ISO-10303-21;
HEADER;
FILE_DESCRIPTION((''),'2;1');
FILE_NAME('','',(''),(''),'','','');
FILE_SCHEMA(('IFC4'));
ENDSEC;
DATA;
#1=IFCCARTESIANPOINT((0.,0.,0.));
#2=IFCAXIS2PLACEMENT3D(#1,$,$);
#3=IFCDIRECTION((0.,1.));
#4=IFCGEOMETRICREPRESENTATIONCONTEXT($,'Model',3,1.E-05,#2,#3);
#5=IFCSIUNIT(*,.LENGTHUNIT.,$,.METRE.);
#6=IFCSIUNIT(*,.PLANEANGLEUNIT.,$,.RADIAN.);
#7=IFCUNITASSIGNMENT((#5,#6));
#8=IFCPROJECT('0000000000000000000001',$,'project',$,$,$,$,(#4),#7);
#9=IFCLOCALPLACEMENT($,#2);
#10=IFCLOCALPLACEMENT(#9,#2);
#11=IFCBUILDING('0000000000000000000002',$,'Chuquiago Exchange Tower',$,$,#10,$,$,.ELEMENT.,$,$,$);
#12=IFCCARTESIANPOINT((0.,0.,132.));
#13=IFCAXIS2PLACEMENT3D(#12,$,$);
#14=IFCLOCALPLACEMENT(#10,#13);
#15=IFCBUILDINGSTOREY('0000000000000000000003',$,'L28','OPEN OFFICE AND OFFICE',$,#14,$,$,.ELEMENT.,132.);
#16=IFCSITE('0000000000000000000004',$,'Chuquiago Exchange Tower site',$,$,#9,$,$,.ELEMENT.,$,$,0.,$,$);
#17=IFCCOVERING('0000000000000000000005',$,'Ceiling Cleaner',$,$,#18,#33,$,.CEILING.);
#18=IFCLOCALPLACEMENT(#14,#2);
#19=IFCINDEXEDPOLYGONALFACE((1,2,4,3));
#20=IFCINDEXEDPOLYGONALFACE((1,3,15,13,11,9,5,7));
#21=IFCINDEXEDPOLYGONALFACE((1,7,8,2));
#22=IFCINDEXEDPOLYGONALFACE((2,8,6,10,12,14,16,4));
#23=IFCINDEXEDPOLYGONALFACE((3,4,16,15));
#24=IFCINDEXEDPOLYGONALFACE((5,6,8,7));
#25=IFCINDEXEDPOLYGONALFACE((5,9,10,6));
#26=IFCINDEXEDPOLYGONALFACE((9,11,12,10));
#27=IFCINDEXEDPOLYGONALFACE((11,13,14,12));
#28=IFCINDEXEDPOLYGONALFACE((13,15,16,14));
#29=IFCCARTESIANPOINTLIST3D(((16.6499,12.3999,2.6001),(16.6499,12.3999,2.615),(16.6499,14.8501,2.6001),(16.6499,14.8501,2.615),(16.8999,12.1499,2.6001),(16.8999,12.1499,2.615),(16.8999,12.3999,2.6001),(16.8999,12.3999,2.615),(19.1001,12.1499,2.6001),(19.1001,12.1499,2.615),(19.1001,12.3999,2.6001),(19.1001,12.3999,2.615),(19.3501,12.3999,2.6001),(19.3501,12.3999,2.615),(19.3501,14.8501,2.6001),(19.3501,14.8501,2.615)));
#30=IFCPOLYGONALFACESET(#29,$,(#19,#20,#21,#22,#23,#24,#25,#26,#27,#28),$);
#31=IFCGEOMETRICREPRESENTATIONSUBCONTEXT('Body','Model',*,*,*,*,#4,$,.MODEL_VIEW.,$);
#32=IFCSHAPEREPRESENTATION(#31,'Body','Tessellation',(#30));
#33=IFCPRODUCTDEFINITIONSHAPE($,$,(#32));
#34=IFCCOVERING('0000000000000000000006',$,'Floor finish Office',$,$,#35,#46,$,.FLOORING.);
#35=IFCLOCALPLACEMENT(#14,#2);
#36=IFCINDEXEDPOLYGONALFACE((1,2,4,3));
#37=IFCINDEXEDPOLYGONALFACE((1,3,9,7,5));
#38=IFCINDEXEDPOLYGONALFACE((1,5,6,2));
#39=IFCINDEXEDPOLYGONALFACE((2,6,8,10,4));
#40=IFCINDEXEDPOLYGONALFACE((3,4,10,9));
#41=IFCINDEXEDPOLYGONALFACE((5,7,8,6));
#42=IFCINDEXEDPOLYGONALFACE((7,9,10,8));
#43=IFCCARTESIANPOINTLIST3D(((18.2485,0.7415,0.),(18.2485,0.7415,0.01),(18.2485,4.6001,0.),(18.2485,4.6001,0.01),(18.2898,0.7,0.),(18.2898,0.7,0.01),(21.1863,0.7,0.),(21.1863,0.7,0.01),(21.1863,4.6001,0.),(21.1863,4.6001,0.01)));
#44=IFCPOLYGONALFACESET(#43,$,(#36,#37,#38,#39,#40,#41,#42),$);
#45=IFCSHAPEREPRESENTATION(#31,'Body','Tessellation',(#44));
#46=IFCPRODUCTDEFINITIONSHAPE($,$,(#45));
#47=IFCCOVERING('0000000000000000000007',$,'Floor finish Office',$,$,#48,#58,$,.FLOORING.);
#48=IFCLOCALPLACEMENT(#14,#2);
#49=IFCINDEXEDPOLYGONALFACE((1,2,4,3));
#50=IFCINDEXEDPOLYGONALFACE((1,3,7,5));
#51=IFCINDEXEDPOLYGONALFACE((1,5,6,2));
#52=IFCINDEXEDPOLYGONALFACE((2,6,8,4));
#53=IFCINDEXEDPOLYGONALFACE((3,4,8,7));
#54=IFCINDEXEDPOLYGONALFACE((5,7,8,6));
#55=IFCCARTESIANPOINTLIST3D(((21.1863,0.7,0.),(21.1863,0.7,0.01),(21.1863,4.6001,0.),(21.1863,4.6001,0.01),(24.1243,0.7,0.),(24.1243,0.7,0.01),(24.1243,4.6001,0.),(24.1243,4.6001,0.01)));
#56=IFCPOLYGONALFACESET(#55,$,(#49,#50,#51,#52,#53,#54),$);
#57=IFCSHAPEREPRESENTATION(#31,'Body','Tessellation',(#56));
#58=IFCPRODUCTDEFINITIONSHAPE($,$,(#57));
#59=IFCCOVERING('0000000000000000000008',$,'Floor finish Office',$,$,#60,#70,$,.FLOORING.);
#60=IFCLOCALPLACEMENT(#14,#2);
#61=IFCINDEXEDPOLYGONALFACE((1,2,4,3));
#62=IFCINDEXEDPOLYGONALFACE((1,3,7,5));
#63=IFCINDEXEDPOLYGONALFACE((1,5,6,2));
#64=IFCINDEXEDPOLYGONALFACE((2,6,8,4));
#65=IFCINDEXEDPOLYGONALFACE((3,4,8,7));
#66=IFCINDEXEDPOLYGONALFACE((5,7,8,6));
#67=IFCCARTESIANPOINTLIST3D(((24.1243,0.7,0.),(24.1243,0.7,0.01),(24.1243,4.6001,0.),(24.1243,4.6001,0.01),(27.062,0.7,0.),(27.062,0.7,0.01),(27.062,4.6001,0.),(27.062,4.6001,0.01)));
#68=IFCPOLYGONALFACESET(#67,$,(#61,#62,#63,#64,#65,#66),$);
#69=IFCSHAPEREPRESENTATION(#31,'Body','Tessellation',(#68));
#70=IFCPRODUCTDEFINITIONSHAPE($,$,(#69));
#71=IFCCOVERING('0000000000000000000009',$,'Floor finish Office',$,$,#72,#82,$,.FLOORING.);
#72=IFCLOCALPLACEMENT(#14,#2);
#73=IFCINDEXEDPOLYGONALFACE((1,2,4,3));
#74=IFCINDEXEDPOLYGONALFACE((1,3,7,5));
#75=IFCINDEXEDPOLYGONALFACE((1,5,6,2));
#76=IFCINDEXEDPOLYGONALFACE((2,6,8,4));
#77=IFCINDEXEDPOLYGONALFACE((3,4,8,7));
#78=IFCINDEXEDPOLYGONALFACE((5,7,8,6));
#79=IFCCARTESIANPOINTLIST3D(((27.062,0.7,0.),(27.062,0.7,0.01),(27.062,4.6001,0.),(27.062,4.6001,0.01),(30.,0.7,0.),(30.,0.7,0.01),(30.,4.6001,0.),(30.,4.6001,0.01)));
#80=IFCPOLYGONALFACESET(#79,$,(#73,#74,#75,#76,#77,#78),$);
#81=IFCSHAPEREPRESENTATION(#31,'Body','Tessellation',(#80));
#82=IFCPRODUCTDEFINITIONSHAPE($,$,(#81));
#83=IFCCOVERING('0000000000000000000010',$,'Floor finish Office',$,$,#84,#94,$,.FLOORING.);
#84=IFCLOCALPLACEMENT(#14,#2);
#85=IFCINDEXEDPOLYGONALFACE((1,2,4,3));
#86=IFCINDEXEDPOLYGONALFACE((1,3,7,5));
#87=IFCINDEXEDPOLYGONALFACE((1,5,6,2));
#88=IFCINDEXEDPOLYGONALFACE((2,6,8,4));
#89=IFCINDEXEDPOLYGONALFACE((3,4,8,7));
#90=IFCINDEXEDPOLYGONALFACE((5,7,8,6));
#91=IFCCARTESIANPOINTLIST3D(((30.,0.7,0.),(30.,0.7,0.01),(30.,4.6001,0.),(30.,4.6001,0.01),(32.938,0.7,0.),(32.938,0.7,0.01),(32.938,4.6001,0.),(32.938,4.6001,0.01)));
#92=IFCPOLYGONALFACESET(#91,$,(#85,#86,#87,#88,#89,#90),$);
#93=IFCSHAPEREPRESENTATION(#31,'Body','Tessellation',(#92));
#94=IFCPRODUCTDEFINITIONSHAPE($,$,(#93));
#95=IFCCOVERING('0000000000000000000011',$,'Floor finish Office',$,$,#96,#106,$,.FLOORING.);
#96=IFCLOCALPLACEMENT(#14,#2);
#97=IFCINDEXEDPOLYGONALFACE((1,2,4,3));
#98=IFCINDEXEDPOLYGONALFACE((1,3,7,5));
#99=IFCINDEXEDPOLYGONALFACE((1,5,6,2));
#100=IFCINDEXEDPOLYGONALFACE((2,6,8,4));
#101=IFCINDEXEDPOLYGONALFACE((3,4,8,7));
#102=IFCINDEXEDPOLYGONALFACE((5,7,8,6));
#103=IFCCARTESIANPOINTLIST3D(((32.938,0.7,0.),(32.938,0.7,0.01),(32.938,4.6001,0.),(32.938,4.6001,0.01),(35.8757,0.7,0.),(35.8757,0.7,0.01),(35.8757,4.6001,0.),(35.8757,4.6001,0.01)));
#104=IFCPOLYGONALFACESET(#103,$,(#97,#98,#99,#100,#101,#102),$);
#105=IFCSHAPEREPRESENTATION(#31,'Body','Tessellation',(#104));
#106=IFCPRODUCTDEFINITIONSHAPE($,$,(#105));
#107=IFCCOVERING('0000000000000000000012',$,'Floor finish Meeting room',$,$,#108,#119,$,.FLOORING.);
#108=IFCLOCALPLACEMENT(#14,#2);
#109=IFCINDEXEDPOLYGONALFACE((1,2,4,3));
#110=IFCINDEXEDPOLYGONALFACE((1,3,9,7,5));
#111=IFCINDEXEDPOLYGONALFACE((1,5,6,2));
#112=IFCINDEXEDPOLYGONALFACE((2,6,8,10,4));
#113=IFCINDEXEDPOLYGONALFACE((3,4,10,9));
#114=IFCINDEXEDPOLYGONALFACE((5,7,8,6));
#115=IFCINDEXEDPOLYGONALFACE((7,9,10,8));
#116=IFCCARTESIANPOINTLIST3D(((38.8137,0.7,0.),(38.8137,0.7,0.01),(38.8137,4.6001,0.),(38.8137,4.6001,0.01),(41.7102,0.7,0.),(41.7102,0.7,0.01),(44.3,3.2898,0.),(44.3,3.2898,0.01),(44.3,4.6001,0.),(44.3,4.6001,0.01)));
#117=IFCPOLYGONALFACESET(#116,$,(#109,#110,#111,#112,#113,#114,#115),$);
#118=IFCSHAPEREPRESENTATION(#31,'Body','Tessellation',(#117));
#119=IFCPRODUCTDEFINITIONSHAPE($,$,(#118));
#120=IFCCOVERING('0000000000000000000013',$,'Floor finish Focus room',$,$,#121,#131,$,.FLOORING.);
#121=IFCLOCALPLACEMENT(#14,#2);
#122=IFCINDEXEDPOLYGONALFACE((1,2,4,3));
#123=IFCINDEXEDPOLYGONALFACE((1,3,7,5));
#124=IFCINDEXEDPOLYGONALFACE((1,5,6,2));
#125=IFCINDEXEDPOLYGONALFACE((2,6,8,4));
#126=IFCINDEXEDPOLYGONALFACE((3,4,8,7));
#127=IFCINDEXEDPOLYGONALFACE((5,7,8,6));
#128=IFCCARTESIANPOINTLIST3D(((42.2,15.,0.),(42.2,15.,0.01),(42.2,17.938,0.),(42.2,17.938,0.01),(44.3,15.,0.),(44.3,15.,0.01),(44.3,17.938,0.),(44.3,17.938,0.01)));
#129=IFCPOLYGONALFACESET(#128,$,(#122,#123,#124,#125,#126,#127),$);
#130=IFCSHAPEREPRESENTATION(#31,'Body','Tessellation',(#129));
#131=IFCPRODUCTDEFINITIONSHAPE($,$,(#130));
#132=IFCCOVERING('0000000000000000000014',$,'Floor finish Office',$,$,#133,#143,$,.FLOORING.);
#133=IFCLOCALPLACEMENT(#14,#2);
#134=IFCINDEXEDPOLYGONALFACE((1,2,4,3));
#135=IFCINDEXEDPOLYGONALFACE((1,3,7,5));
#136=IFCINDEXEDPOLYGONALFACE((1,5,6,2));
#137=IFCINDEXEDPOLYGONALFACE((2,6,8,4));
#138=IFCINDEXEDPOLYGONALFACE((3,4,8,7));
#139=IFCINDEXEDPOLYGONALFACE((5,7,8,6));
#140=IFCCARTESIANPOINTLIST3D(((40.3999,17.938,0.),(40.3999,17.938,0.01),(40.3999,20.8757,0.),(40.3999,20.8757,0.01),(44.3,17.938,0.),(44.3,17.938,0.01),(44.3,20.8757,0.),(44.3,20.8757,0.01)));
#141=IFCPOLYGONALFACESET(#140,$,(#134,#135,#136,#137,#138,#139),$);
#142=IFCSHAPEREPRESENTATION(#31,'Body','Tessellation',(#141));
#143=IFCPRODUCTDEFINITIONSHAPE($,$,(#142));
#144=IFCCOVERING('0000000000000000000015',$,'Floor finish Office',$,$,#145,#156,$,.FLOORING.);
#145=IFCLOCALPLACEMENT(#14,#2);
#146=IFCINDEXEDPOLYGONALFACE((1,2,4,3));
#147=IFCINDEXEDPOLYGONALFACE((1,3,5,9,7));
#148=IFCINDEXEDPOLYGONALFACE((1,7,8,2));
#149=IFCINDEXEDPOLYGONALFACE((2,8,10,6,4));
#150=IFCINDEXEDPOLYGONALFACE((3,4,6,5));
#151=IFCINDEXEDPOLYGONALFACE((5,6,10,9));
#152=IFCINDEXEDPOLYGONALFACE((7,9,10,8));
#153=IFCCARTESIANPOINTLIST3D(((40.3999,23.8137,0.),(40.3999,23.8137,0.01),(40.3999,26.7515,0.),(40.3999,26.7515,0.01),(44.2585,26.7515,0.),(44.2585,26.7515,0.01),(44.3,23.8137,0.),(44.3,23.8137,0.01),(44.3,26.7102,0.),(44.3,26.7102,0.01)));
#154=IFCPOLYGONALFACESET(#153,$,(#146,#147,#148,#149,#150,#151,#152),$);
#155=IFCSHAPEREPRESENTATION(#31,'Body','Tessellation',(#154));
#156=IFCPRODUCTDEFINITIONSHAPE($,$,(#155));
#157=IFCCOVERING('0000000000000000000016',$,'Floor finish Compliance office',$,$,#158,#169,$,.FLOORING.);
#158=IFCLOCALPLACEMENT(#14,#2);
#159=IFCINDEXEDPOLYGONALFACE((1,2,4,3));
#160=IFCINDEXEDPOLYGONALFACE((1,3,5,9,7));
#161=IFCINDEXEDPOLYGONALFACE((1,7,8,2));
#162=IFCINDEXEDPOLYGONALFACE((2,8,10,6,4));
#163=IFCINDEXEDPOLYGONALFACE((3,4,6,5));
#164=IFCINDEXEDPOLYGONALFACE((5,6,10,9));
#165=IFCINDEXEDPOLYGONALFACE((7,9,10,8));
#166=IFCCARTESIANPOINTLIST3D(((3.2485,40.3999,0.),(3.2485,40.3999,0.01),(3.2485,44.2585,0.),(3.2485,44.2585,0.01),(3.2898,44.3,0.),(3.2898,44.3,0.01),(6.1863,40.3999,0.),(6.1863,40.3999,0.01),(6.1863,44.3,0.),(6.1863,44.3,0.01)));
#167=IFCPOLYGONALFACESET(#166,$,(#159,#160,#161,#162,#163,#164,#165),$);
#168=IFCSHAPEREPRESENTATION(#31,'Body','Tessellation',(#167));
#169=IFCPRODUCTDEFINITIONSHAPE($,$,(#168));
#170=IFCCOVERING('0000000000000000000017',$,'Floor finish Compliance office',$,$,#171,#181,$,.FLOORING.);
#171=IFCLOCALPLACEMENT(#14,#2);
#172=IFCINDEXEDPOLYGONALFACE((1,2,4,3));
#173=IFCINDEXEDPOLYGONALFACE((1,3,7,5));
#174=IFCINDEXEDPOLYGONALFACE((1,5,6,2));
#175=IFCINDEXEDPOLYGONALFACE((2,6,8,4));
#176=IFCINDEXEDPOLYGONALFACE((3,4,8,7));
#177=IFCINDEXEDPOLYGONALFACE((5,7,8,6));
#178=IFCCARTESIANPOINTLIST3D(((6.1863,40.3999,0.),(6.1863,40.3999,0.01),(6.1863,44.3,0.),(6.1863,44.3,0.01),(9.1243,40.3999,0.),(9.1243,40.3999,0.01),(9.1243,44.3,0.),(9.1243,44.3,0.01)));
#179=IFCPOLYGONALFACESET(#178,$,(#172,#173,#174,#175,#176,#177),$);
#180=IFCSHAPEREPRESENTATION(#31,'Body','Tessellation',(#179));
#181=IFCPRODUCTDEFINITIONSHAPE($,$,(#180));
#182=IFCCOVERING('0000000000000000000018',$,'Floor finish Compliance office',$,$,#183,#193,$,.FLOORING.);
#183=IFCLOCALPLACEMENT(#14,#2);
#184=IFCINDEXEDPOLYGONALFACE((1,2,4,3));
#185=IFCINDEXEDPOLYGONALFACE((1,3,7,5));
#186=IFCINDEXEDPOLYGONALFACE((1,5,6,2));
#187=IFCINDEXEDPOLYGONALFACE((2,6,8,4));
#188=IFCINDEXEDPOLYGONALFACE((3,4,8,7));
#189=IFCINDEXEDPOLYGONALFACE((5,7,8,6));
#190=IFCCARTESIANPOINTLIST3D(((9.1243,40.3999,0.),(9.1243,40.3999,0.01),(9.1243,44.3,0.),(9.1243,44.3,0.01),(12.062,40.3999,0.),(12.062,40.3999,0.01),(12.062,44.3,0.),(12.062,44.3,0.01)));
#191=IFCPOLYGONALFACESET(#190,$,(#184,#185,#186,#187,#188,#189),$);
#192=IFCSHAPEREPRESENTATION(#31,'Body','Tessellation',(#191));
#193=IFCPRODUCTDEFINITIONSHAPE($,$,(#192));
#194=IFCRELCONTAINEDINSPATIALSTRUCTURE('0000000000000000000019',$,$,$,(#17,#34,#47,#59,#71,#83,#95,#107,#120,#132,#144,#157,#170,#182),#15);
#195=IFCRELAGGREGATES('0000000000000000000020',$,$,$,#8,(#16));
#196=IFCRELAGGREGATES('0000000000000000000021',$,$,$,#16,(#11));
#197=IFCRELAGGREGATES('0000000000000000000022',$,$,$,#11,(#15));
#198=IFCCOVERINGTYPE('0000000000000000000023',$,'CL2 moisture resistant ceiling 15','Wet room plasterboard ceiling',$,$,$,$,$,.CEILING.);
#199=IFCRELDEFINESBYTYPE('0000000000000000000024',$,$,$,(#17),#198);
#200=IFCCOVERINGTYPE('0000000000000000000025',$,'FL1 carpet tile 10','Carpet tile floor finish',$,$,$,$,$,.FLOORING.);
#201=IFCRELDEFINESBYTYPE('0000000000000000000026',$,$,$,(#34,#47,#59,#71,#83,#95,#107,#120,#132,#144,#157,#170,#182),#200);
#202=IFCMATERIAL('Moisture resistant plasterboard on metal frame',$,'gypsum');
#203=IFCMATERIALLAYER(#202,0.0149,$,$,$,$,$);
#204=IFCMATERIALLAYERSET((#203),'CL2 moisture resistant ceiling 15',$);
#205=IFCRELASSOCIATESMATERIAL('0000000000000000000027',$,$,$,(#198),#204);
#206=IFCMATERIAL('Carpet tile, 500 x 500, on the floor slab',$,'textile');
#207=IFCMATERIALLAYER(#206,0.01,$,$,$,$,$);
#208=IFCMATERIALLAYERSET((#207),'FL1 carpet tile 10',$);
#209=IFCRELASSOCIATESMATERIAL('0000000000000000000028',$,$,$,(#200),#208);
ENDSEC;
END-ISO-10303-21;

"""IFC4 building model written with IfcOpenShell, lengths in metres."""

from ifc_helpers import new_model, si_unit, direction, frame, origin, place, context, subcontext, project, spatial, polyline, outline, extrude, material, layer, layer_set, type_object, element, save


model = new_model("IFC4")

# Units and contexts
model_context = context("Model", 3, precision=1e-05, world=origin(), true_north=direction((0.0, 1.0)))
body_context = subcontext(model_context, "Body", "Model", "MODEL_VIEW")
ifc_project = project(units=[si_unit("LENGTHUNIT", "METRE"), si_unit("PLANEANGLEUNIT", "RADIAN")], contexts=[model_context])

# Site, building, storey
site_placement = place(None, origin())
site = spatial("IfcSite", under=ifc_project, at=site_placement, Name="Chuquiago Exchange Tower site", CompositionType="ELEMENT", RefElevation=0.0)
building_placement = place(site_placement, origin())
building = spatial("IfcBuilding", under=site, at=building_placement, Name="Chuquiago Exchange Tower", CompositionType="ELEMENT")
storey_placement = place(building_placement, frame((0.0, 0.0, 132.0)))
storey = spatial("IfcBuildingStorey", under=building, at=storey_placement, Name="L28", Description="OPEN OFFICE AND OFFICE", CompositionType="ELEMENT", Elevation=132.0)

# Coverings
ifc_material_1 = material(Name="Moisture resistant plasterboard on metal frame", Category="gypsum")
ifc_layer_1 = layer(ifc_material_1, 0.0149)
ifc_layer_set_1 = layer_set([ifc_layer_1], Name="CL2 moisture resistant ceiling 15")
covering_type_1 = type_object("IfcCoveringType", Name="CL2 moisture resistant ceiling 15", Description="Wet room plasterboard ceiling", PredefinedType="CEILING", material=ifc_layer_set_1)
covering_1_placement = place(storey_placement, frame((0.0, 0.0, 2.6001)))
element("IfcCovering", 1, at=covering_1_placement, inside=storey, type_object=covering_type_1, Name="Ceiling Cleaner", PredefinedType="CEILING", context=body_context, shape_type="SweptSolid", body=[
    extrude(outline(polyline([(16.8999, 12.1499), (16.8999, 12.3999), (16.6499, 12.3999), (16.6499, 14.8501), (19.3501, 14.8501), (19.3501, 12.3999), (19.1001, 12.3999), (19.1001, 12.1499), (16.8999, 12.1499)])), origin(), (0.0, 0.0, 1.0), 0.0149),
])
ifc_material_2 = material(Name="Carpet tile, 500 x 500, on the floor slab", Category="textile")
ifc_layer_2 = layer(ifc_material_2, 0.01)
ifc_layer_set_2 = layer_set([ifc_layer_2], Name="FL1 carpet tile 10")
covering_type_2 = type_object("IfcCoveringType", Name="FL1 carpet tile 10", Description="Carpet tile floor finish", PredefinedType="FLOORING", material=ifc_layer_set_2)
covering_2_placement = place(storey_placement, origin())
element("IfcCovering", 2, at=covering_2_placement, inside=storey, type_object=covering_type_2, Name="Floor finish Office", PredefinedType="FLOORING", context=body_context, shape_type="SweptSolid", body=[
    extrude(outline(polyline([(18.2898, 0.7), (18.2485, 0.7415), (18.2485, 4.6001), (21.1863, 4.6001), (21.1863, 0.7), (18.2898, 0.7)])), origin(), (0.0, 0.0, 1.0), 0.01),
])
covering_3_placement = place(storey_placement, origin())
element("IfcCovering", 3, at=covering_3_placement, inside=storey, type_object=covering_type_2, Name="Floor finish Office", PredefinedType="FLOORING", context=body_context, shape_type="SweptSolid", body=[
    extrude(outline(polyline([(21.1863, 0.7), (21.1863, 4.6001), (24.1243, 4.6001), (24.1243, 0.7), (21.1863, 0.7)])), origin(), (0.0, 0.0, 1.0), 0.01),
])
covering_4_placement = place(storey_placement, origin())
element("IfcCovering", 4, at=covering_4_placement, inside=storey, type_object=covering_type_2, Name="Floor finish Office", PredefinedType="FLOORING", context=body_context, shape_type="SweptSolid", body=[
    extrude(outline(polyline([(24.1243, 0.7), (24.1243, 4.6001), (27.062, 4.6001), (27.062, 0.7), (24.1243, 0.7)])), origin(), (0.0, 0.0, 1.0), 0.01),
])
covering_5_placement = place(storey_placement, origin())
element("IfcCovering", 5, at=covering_5_placement, inside=storey, type_object=covering_type_2, Name="Floor finish Office", PredefinedType="FLOORING", context=body_context, shape_type="SweptSolid", body=[
    extrude(outline(polyline([(27.062, 0.7), (27.062, 4.6001), (30.0, 4.6001), (30.0, 0.7), (27.062, 0.7)])), origin(), (0.0, 0.0, 1.0), 0.01),
])
covering_6_placement = place(storey_placement, origin())
element("IfcCovering", 6, at=covering_6_placement, inside=storey, type_object=covering_type_2, Name="Floor finish Office", PredefinedType="FLOORING", context=body_context, shape_type="SweptSolid", body=[
    extrude(outline(polyline([(30.0, 0.7), (30.0, 4.6001), (32.938, 4.6001), (32.938, 0.7), (30.0, 0.7)])), origin(), (0.0, 0.0, 1.0), 0.01),
])
covering_7_placement = place(storey_placement, origin())
element("IfcCovering", 7, at=covering_7_placement, inside=storey, type_object=covering_type_2, Name="Floor finish Office", PredefinedType="FLOORING", context=body_context, shape_type="SweptSolid", body=[
    extrude(outline(polyline([(32.938, 0.7), (32.938, 4.6001), (35.8757, 4.6001), (35.8757, 0.7), (32.938, 0.7)])), origin(), (0.0, 0.0, 1.0), 0.01),
])
covering_8_placement = place(storey_placement, origin())
element("IfcCovering", 8, at=covering_8_placement, inside=storey, type_object=covering_type_2, Name="Floor finish Meeting room", PredefinedType="FLOORING", context=body_context, shape_type="SweptSolid", body=[
    extrude(outline(polyline([(44.3, 3.2898), (41.7102, 0.7), (38.8137, 0.7), (38.8137, 4.6001), (44.3, 4.6001), (44.3, 3.2898)])), origin(), (0.0, 0.0, 1.0), 0.01),
])
covering_9_placement = place(storey_placement, origin())
element("IfcCovering", 9, at=covering_9_placement, inside=storey, type_object=covering_type_2, Name="Floor finish Focus room", PredefinedType="FLOORING", context=body_context, shape_type="SweptSolid", body=[
    extrude(outline(polyline([(44.3, 15.0), (42.2, 15.0), (42.2, 17.938), (44.3, 17.938), (44.3, 15.0)])), origin(), (0.0, 0.0, 1.0), 0.01),
])
covering_10_placement = place(storey_placement, origin())
element("IfcCovering", 10, at=covering_10_placement, inside=storey, type_object=covering_type_2, Name="Floor finish Office", PredefinedType="FLOORING", context=body_context, shape_type="SweptSolid", body=[
    extrude(outline(polyline([(44.3, 17.938), (40.3999, 17.938), (40.3999, 20.8757), (44.3, 20.8757), (44.3, 17.938)])), origin(), (0.0, 0.0, 1.0), 0.01),
])
covering_11_placement = place(storey_placement, origin())
element("IfcCovering", 11, at=covering_11_placement, inside=storey, type_object=covering_type_2, Name="Floor finish Office", PredefinedType="FLOORING", context=body_context, shape_type="SweptSolid", body=[
    extrude(outline(polyline([(44.3, 26.7102), (44.3, 23.8137), (40.3999, 23.8137), (40.3999, 26.7515), (44.2585, 26.7515), (44.3, 26.7102)])), origin(), (0.0, 0.0, 1.0), 0.01),
])
covering_12_placement = place(storey_placement, origin())
element("IfcCovering", 12, at=covering_12_placement, inside=storey, type_object=covering_type_2, Name="Floor finish Compliance office", PredefinedType="FLOORING", context=body_context, shape_type="SweptSolid", body=[
    extrude(outline(polyline([(3.2898, 44.3), (6.1863, 44.3), (6.1863, 40.3999), (3.2485, 40.3999), (3.2485, 44.2585), (3.2898, 44.3)])), origin(), (0.0, 0.0, 1.0), 0.01),
])
covering_13_placement = place(storey_placement, origin())
element("IfcCovering", 13, at=covering_13_placement, inside=storey, type_object=covering_type_2, Name="Floor finish Compliance office", PredefinedType="FLOORING", context=body_context, shape_type="SweptSolid", body=[
    extrude(outline(polyline([(9.1243, 44.3), (9.1243, 40.3999), (6.1863, 40.3999), (6.1863, 44.3), (9.1243, 44.3)])), origin(), (0.0, 0.0, 1.0), 0.01),
])
covering_14_placement = place(storey_placement, origin())
element("IfcCovering", 14, at=covering_14_placement, inside=storey, type_object=covering_type_2, Name="Floor finish Compliance office", PredefinedType="FLOORING", context=body_context, shape_type="SweptSolid", body=[
    extrude(outline(polyline([(12.062, 44.3), (12.062, 40.3999), (9.1243, 40.3999), (9.1243, 44.3), (12.062, 44.3)])), origin(), (0.0, 0.0, 1.0), 0.01),
])

save(model, "model.ifc")
